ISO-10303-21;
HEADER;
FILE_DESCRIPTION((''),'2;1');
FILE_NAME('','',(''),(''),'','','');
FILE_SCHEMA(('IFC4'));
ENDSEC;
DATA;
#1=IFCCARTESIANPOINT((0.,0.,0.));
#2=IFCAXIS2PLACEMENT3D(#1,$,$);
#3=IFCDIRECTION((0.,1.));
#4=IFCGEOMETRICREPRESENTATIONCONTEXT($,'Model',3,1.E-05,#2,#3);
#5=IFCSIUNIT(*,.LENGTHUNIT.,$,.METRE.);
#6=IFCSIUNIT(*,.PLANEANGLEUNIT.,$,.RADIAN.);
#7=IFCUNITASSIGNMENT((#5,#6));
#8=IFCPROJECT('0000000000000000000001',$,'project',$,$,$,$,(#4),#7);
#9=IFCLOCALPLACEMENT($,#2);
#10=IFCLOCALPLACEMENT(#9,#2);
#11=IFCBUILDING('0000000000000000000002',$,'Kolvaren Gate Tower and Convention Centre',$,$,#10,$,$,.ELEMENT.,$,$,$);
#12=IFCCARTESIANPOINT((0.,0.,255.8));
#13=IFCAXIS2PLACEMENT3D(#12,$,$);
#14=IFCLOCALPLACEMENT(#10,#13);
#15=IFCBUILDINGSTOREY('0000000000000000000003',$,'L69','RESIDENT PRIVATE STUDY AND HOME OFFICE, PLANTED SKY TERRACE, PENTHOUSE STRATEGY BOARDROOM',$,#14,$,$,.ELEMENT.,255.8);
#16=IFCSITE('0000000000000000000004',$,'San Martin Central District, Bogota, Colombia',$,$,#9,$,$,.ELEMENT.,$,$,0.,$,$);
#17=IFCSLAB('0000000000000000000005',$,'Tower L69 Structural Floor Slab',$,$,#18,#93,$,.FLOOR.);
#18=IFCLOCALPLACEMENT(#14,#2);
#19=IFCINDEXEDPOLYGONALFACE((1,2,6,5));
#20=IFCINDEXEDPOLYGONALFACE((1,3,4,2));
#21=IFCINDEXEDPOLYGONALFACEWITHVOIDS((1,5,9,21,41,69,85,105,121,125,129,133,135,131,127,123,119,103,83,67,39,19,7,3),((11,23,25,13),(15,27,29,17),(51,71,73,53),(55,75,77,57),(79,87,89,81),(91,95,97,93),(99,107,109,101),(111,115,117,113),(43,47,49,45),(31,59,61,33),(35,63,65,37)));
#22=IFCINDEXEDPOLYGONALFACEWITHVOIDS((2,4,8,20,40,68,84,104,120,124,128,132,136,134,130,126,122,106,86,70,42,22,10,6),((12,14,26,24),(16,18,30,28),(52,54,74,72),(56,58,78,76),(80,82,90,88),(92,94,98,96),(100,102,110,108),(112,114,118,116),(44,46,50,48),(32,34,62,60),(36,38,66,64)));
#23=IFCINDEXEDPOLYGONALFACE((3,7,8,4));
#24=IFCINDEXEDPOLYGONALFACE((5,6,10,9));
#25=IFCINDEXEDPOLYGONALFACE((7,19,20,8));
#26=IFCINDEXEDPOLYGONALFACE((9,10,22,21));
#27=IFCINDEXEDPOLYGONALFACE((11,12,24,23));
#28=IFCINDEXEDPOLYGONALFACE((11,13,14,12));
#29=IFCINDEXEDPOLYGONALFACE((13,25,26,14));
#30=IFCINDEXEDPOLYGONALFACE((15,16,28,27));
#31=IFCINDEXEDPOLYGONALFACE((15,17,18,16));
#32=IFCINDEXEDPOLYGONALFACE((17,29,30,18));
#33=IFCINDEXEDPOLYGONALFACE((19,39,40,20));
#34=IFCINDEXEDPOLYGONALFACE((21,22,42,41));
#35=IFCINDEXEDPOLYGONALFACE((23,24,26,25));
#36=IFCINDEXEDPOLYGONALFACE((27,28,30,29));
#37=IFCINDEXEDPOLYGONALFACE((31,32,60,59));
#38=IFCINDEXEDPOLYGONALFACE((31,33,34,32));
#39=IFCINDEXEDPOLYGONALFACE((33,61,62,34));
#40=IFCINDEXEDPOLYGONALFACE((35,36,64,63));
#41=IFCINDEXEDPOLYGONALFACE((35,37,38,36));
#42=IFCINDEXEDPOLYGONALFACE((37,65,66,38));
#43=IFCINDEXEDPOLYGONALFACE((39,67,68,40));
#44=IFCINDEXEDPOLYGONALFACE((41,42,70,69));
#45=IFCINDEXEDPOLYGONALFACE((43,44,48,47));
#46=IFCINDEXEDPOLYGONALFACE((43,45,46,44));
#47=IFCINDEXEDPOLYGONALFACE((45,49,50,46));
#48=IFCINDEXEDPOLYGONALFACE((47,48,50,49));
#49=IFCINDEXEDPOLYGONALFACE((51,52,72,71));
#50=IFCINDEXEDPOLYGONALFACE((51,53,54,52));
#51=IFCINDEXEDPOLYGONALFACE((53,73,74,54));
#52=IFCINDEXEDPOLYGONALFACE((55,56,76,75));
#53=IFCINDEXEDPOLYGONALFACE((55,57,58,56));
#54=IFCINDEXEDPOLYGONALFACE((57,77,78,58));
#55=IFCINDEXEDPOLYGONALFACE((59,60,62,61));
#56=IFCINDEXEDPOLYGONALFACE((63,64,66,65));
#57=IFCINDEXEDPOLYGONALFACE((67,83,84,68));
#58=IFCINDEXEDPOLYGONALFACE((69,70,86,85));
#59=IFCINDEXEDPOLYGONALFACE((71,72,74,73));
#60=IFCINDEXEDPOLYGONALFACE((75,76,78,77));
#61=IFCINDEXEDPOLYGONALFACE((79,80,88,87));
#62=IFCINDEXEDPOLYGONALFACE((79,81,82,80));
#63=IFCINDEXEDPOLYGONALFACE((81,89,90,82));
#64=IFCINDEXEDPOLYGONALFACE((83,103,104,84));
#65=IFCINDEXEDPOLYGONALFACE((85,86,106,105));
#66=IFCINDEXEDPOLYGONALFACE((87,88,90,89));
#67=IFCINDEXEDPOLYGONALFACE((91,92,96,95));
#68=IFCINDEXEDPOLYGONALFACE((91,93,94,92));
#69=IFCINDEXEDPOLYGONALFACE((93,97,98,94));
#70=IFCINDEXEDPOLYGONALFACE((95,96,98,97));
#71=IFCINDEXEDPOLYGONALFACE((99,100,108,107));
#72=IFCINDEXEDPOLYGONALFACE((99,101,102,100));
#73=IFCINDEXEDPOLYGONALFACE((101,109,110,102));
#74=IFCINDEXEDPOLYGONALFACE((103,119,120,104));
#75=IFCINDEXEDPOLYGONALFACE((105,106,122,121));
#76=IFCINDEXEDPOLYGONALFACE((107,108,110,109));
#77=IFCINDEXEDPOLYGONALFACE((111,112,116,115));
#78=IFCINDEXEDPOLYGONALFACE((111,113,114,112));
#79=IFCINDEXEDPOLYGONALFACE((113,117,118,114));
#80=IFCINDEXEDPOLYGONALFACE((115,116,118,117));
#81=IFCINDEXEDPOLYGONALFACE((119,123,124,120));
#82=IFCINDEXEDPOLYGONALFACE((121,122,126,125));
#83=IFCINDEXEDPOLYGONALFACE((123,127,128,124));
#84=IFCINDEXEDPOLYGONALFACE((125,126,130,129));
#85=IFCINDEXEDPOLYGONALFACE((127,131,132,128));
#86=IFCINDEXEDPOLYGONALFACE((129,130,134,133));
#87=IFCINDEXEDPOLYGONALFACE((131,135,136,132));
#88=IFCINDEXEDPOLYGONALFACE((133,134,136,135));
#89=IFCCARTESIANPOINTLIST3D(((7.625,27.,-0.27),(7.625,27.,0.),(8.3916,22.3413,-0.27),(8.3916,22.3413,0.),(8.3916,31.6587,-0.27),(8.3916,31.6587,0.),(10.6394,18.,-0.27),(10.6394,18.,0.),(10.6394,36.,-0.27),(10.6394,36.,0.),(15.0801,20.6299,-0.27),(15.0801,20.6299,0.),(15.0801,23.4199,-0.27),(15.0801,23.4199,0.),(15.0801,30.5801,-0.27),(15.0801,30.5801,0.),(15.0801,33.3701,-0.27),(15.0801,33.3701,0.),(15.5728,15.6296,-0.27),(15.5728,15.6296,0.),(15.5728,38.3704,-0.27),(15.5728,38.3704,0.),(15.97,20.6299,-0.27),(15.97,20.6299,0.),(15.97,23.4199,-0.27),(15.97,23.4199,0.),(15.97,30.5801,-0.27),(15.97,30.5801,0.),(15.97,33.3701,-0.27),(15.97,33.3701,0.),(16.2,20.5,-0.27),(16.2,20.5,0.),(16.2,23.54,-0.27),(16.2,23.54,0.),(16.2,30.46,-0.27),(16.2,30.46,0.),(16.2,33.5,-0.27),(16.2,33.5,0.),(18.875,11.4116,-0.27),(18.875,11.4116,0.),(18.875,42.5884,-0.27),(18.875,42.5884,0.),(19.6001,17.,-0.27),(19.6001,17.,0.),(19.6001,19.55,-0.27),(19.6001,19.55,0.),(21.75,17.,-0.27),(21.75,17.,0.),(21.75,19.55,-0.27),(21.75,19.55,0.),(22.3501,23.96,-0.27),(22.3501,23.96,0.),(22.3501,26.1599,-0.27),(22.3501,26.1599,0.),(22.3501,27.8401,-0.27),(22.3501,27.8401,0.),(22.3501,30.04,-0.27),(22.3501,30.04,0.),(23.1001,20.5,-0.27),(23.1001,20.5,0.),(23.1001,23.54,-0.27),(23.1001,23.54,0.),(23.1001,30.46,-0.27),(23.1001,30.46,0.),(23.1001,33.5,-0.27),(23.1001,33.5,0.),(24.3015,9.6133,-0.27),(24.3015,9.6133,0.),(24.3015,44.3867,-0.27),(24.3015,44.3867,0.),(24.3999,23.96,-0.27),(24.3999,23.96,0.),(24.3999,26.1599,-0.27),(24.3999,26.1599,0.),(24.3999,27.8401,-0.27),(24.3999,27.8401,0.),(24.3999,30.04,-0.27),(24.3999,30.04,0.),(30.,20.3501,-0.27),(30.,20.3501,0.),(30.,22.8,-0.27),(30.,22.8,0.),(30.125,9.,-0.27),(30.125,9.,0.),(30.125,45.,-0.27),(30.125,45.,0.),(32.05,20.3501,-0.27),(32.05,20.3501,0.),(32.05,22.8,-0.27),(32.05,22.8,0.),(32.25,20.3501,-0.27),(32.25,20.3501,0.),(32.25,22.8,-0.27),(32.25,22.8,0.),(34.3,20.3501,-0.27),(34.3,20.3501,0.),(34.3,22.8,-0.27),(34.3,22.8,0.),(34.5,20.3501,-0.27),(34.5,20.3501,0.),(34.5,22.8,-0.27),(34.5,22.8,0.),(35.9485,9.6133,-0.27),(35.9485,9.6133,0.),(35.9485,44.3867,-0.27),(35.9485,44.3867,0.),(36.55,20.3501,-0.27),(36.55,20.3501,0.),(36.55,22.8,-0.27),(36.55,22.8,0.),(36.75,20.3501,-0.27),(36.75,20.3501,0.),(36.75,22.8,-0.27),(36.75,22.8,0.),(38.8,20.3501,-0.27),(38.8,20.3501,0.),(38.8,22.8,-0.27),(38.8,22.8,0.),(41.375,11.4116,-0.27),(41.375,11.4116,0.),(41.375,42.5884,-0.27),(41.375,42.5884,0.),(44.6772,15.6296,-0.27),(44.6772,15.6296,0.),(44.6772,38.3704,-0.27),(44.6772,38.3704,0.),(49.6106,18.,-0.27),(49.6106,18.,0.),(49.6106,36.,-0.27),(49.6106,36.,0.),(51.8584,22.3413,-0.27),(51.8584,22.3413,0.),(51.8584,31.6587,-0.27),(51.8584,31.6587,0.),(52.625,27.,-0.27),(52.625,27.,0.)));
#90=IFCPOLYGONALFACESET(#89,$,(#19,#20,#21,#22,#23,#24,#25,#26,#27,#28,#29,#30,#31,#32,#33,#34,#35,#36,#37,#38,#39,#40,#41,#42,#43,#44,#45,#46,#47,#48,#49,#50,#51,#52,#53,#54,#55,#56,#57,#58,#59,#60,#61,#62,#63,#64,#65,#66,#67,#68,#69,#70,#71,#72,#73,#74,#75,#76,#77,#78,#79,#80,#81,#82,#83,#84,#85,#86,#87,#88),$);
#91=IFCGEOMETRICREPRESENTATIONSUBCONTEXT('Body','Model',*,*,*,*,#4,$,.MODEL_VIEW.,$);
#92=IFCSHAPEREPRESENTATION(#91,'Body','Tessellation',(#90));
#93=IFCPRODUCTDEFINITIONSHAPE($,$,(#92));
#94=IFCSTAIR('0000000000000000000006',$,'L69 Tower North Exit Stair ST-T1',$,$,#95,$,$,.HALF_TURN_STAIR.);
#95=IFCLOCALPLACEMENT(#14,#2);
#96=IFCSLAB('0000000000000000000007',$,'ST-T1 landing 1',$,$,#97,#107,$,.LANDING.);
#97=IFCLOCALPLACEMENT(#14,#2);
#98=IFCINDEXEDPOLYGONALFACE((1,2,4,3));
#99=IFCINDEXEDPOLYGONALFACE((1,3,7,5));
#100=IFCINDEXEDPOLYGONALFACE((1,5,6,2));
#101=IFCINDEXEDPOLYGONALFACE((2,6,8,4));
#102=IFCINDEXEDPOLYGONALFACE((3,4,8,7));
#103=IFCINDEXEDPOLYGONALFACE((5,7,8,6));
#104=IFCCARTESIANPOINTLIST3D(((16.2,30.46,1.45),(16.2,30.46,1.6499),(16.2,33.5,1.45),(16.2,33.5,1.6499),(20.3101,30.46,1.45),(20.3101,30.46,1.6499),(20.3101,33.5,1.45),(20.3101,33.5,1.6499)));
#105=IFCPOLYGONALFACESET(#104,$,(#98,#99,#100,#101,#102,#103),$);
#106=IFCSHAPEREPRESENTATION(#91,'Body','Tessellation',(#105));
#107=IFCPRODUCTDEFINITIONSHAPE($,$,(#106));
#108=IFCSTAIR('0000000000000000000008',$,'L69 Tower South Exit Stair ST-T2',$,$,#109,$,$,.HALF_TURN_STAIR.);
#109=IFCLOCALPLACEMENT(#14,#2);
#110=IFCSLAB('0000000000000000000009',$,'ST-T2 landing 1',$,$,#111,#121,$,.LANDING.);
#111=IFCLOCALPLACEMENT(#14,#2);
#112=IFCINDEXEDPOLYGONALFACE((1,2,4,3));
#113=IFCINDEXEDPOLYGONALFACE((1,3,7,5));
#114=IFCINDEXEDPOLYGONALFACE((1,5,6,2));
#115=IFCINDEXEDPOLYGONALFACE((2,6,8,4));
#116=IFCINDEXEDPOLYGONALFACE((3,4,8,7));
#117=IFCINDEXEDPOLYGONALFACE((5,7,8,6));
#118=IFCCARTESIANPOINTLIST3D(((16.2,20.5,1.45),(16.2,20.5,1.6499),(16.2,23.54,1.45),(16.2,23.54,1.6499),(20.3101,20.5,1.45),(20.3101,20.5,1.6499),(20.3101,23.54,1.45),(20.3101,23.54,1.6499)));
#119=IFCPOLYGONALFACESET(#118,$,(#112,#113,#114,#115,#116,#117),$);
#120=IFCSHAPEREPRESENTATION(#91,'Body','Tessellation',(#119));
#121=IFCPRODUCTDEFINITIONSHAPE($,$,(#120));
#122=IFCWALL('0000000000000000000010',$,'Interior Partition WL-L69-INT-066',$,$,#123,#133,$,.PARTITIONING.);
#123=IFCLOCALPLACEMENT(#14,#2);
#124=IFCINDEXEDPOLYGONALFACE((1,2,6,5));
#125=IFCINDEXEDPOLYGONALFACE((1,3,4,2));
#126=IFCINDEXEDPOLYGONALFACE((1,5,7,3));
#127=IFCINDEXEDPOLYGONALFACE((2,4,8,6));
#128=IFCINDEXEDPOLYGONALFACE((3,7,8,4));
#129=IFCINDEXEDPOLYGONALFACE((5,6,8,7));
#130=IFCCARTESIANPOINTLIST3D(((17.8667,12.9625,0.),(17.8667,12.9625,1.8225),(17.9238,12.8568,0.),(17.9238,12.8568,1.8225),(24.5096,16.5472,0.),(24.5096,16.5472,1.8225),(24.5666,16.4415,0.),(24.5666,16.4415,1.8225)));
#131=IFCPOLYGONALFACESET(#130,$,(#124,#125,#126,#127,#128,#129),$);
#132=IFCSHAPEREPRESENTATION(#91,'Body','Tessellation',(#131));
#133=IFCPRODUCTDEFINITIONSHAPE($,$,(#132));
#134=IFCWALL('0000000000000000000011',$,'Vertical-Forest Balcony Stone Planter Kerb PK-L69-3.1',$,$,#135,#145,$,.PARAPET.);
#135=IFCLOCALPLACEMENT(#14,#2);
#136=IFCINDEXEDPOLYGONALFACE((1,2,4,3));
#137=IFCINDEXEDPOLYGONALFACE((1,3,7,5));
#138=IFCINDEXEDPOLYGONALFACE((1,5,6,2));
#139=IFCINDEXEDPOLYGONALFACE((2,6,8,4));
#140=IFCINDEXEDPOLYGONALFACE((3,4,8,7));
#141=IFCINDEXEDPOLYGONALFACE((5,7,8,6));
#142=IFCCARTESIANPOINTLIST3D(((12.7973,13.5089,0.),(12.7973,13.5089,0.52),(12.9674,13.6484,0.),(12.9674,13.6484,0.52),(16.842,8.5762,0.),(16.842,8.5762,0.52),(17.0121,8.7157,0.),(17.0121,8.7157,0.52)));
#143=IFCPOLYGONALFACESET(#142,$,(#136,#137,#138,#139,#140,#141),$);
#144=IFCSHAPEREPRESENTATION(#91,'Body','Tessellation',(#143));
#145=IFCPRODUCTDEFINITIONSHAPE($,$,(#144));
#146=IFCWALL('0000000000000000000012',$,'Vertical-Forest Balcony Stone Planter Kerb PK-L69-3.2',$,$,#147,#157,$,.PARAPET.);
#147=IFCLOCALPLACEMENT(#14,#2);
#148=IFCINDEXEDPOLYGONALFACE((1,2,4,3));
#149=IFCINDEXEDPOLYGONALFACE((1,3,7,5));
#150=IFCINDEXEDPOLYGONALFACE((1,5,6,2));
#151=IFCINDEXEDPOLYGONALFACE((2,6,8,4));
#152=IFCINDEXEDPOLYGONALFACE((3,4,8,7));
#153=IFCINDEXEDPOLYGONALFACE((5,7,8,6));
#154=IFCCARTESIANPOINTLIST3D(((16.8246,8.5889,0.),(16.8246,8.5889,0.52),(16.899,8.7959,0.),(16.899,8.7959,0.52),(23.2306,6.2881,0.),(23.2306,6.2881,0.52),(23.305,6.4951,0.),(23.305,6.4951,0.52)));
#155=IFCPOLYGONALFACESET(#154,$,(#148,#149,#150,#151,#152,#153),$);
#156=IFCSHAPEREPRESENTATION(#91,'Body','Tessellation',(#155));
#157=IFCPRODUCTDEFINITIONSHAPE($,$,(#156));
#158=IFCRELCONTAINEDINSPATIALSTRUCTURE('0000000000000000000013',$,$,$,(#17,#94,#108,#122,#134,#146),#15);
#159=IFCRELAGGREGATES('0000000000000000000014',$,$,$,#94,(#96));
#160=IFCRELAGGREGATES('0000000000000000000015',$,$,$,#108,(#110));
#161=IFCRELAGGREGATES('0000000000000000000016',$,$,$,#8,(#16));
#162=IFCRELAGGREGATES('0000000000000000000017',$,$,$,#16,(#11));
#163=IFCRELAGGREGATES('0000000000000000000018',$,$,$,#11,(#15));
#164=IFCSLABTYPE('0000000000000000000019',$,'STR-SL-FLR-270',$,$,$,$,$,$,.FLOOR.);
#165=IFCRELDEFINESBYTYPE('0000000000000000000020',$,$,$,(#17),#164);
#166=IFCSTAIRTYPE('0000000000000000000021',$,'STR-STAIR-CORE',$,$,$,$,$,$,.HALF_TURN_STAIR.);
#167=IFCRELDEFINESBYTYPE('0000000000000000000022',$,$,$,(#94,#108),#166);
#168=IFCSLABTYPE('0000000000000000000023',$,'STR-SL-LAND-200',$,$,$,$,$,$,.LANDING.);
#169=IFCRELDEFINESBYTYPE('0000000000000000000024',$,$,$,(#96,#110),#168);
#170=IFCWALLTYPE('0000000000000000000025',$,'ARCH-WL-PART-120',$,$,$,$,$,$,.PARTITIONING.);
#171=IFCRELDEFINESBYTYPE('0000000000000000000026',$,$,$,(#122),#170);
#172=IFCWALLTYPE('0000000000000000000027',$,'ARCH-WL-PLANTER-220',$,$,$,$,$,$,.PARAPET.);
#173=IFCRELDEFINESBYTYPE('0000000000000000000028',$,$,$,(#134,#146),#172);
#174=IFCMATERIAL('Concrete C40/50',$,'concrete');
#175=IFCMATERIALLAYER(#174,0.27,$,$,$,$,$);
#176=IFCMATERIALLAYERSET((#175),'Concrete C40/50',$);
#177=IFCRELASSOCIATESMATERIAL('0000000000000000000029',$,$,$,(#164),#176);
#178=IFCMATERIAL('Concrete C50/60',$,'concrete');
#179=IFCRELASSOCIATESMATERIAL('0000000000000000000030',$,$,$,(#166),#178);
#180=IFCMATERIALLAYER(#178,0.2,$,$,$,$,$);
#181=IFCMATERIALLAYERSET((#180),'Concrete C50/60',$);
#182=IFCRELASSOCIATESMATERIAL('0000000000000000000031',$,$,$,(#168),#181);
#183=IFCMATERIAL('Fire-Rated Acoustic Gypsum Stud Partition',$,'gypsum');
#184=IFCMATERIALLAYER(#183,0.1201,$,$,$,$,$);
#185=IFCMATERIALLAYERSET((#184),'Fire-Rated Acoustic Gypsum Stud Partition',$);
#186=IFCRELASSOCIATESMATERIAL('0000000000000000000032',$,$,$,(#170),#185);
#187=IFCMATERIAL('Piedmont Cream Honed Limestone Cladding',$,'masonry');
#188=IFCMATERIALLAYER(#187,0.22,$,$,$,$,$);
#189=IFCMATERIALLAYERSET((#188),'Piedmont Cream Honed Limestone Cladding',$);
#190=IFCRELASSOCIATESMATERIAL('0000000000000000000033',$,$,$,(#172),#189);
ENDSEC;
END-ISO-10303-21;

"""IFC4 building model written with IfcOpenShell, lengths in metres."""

from ifc_helpers import new_model, si_unit, direction, frame, frame_2d, origin, place, context, subcontext, project, spatial, polyline, rectangle, outline, extrude, material, layer, layer_set, type_object, element, aggregate, save


model = new_model("IFC4")

# Units and contexts
model_context = context("Model", 3, precision=1e-05, world=origin(), true_north=direction((0.0, 1.0)))
body_context = subcontext(model_context, "Body", "Model", "MODEL_VIEW")
ifc_project = project(units=[si_unit("LENGTHUNIT", "METRE"), si_unit("PLANEANGLEUNIT", "RADIAN")], contexts=[model_context])

# Site, building, storey
site_placement = place(None, origin())
site = spatial("IfcSite", under=ifc_project, at=site_placement, Name="San Martin Central District, Bogota, Colombia", CompositionType="ELEMENT", RefElevation=0.0)
building_placement = place(site_placement, origin())
building = spatial("IfcBuilding", under=site, at=building_placement, Name="Kolvaren Gate Tower and Convention Centre", CompositionType="ELEMENT")
storey_placement = place(building_placement, frame((0.0, 0.0, 255.8)))
storey = spatial("IfcBuildingStorey", under=building, at=storey_placement, Name="L69", Description="RESIDENT PRIVATE STUDY AND HOME OFFICE, PLANTED SKY TERRACE, PENTHOUSE STRATEGY BOARDROOM", CompositionType="ELEMENT", Elevation=255.8)

# Slab
ifc_material_1 = material(Name="Concrete C50/60", Category="concrete")
ifc_material_2 = material(Name="Concrete C40/50", Category="concrete")
ifc_layer_1 = layer(ifc_material_2, 0.27)
ifc_layer_set_1 = layer_set([ifc_layer_1], Name="Concrete C40/50")
slab_type_1 = type_object("IfcSlabType", Name="STR-SL-FLR-270", PredefinedType="FLOOR", material=ifc_layer_set_1)
slab_1_placement = place(storey_placement, frame((0.0, 0.0, -0.27)))
element("IfcSlab", 1, at=slab_1_placement, inside=storey, type_object=slab_type_1, Name="Tower L69 Structural Floor Slab", PredefinedType="FLOOR", context=body_context, shape_type="SweptSolid", body=[
    extrude(outline(polyline([(52.625, 27.0), (51.8584, 31.6587), (49.6106, 36.0), (44.6772, 38.3704), (41.375, 42.5884), (35.9485, 44.3867), (30.125, 45.0), (24.3015, 44.3867), (18.875, 42.5884), (15.5728, 38.3704), (10.6394, 36.0), (8.3916, 31.6587), (7.625, 27.0), (8.3916, 22.3413), (10.6394, 18.0), (15.5728, 15.6296), (18.875, 11.4116), (24.3015, 9.6133), (30.125, 9.0), (35.9485, 9.6133), (41.375, 11.4116), (44.6772, 15.6296), (49.6106, 18.0), (51.8584, 22.3413), (52.625, 27.0)]), holes=[polyline([(36.75, 20.3501), (36.75, 22.8), (38.8, 22.8), (38.8, 20.3501), (36.75, 20.3501)]), polyline([(36.55, 20.3501), (34.5, 20.3501), (34.5, 22.8), (36.55, 22.8), (36.55, 20.3501)]), polyline([(32.25, 20.3501), (32.25, 22.8), (34.3, 22.8), (34.3, 20.3501), (32.25, 20.3501)]), polyline([(30.0, 20.3501), (30.0, 22.8), (32.05, 22.8), (32.05, 20.3501), (30.0, 20.3501)]), polyline([(22.3501, 23.96), (22.3501, 26.1599), (24.3999, 26.1599), (24.3999, 23.96), (22.3501, 23.96)]), polyline([(22.3501, 27.8401), (22.3501, 30.04), (24.3999, 30.04), (24.3999, 27.8401), (22.3501, 27.8401)]), polyline([(16.2, 23.54), (23.1001, 23.54), (23.1001, 20.5), (16.2, 20.5), (16.2, 23.54)]), polyline([(16.2, 33.5), (23.1001, 33.5), (23.1001, 30.46), (16.2, 30.46), (16.2, 33.5)]), polyline([(21.75, 17.0), (19.6001, 17.0), (19.6001, 19.55), (21.75, 19.55), (21.75, 17.0)]), polyline([(15.0801, 30.5801), (15.0801, 33.3701), (15.97, 33.3701), (15.97, 30.5801), (15.0801, 30.5801)]), polyline([(15.97, 20.6299), (15.0801, 20.6299), (15.0801, 23.4199), (15.97, 23.4199), (15.97, 20.6299)])]), origin(), (0.0, 0.0, 1.0), 0.27),
])

# Stairs, slabs
stair_type = type_object("IfcStairType", Name="STR-STAIR-CORE", PredefinedType="HALF_TURN_STAIR", material=ifc_material_1)
stair_1_placement = place(storey_placement, origin())
stair_1 = element("IfcStair", 2, at=stair_1_placement, inside=storey, type_object=stair_type, Name="L69 Tower North Exit Stair ST-T1", PredefinedType="HALF_TURN_STAIR")
ifc_layer_2 = layer(ifc_material_1, 0.2)
ifc_layer_set_2 = layer_set([ifc_layer_2], Name="Concrete C50/60")
slab_type_2 = type_object("IfcSlabType", Name="STR-SL-LAND-200", PredefinedType="LANDING", material=ifc_layer_set_2)
slab_2_placement = place(storey_placement, frame((0.0, 0.0, 1.45)))
slab_2 = element("IfcSlab", 3, at=slab_2_placement, type_object=slab_type_2, Name="ST-T1 landing 1", PredefinedType="LANDING", context=body_context, shape_type="SweptSolid", body=[
    extrude(outline(polyline([(20.3101, 33.5), (16.2, 33.5), (16.2, 30.46), (20.3101, 30.46), (20.3101, 33.5)])), origin(), (0.0, 0.0, 1.0), 0.2),
])
aggregate(stair_1, [slab_2])
stair_2_placement = place(storey_placement, origin())
stair_2 = element("IfcStair", 4, at=stair_2_placement, inside=storey, type_object=stair_type, Name="L69 Tower South Exit Stair ST-T2", PredefinedType="HALF_TURN_STAIR")
slab_3_placement = place(storey_placement, frame((0.0, 0.0, 1.45)))
slab_3 = element("IfcSlab", 5, at=slab_3_placement, type_object=slab_type_2, Name="ST-T2 landing 1", PredefinedType="LANDING", context=body_context, shape_type="SweptSolid", body=[
    extrude(outline(polyline([(20.3101, 23.54), (16.2, 23.54), (16.2, 20.5), (20.3101, 20.5), (20.3101, 23.54)])), origin(), (0.0, 0.0, 1.0), 0.2),
])
aggregate(stair_2, [slab_3])

# Walls
ifc_material_3 = material(Name="Fire-Rated Acoustic Gypsum Stud Partition", Category="gypsum")
ifc_layer_3 = layer(ifc_material_3, 0.1201)
ifc_layer_set_3 = layer_set([ifc_layer_3], Name="Fire-Rated Acoustic Gypsum Stud Partition")
wall_type_1 = type_object("IfcWallType", Name="ARCH-WL-PART-120", PredefinedType="PARTITIONING", material=ifc_layer_set_3)
wall_1_placement = place(storey_placement, frame((17.8953, 12.9097, 0.0), z_axis=(0.0, 0.0, 1.0), x_axis=(0.880039, 0.474902, 0.0)))
element("IfcWall", 6, at=wall_1_placement, inside=storey, type_object=wall_type_1, Name="Interior Partition WL-L69-INT-066", PredefinedType="PARTITIONING", context=body_context, shape_type="SweptSolid", body=[
    extrude(rectangle(XDim=7.5483, YDim=0.1201, at=frame_2d((3.7742, 0.0))), origin(), (0.0, 0.0, 1.0), 1.8225),
])
ifc_material_4 = material(Name="Piedmont Cream Honed Limestone Cladding", Category="masonry")
ifc_layer_4 = layer(ifc_material_4, 0.22)
ifc_layer_set_4 = layer_set([ifc_layer_4], Name="Piedmont Cream Honed Limestone Cladding")
wall_type_2 = type_object("IfcWallType", Name="ARCH-WL-PLANTER-220", PredefinedType="PARAPET", material=ifc_layer_set_4)
wall_2_placement = place(storey_placement, frame((12.8823, 13.5786, 0.0), z_axis=(0.0, 0.0, 1.0), x_axis=(0.634073, -0.773273, 0.0)))
element("IfcWall", 7, at=wall_2_placement, inside=storey, type_object=wall_type_2, Name="Vertical-Forest Balcony Stone Planter Kerb PK-L69-3.1", PredefinedType="PARAPET", context=body_context, shape_type="SweptSolid", body=[
    extrude(rectangle(XDim=6.3789, YDim=0.22, at=frame_2d((3.1895, 0.0))), origin(), (0.0, 0.0, 1.0), 0.52),
])
wall_3_placement = place(storey_placement, frame((16.8618, 8.6924, 0.0), z_axis=(0.0, 0.0, 1.0), x_axis=(0.941139, -0.33802, 0.0)))
element("IfcWall", 8, at=wall_3_placement, inside=storey, type_object=wall_type_2, Name="Vertical-Forest Balcony Stone Planter Kerb PK-L69-3.2", PredefinedType="PARAPET", context=body_context, shape_type="SweptSolid", body=[
    extrude(rectangle(XDim=6.8066, YDim=0.22, at=frame_2d((3.4033, 0.0))), origin(), (0.0, 0.0, 1.0), 0.52),
])

save(model, "model.ifc")
